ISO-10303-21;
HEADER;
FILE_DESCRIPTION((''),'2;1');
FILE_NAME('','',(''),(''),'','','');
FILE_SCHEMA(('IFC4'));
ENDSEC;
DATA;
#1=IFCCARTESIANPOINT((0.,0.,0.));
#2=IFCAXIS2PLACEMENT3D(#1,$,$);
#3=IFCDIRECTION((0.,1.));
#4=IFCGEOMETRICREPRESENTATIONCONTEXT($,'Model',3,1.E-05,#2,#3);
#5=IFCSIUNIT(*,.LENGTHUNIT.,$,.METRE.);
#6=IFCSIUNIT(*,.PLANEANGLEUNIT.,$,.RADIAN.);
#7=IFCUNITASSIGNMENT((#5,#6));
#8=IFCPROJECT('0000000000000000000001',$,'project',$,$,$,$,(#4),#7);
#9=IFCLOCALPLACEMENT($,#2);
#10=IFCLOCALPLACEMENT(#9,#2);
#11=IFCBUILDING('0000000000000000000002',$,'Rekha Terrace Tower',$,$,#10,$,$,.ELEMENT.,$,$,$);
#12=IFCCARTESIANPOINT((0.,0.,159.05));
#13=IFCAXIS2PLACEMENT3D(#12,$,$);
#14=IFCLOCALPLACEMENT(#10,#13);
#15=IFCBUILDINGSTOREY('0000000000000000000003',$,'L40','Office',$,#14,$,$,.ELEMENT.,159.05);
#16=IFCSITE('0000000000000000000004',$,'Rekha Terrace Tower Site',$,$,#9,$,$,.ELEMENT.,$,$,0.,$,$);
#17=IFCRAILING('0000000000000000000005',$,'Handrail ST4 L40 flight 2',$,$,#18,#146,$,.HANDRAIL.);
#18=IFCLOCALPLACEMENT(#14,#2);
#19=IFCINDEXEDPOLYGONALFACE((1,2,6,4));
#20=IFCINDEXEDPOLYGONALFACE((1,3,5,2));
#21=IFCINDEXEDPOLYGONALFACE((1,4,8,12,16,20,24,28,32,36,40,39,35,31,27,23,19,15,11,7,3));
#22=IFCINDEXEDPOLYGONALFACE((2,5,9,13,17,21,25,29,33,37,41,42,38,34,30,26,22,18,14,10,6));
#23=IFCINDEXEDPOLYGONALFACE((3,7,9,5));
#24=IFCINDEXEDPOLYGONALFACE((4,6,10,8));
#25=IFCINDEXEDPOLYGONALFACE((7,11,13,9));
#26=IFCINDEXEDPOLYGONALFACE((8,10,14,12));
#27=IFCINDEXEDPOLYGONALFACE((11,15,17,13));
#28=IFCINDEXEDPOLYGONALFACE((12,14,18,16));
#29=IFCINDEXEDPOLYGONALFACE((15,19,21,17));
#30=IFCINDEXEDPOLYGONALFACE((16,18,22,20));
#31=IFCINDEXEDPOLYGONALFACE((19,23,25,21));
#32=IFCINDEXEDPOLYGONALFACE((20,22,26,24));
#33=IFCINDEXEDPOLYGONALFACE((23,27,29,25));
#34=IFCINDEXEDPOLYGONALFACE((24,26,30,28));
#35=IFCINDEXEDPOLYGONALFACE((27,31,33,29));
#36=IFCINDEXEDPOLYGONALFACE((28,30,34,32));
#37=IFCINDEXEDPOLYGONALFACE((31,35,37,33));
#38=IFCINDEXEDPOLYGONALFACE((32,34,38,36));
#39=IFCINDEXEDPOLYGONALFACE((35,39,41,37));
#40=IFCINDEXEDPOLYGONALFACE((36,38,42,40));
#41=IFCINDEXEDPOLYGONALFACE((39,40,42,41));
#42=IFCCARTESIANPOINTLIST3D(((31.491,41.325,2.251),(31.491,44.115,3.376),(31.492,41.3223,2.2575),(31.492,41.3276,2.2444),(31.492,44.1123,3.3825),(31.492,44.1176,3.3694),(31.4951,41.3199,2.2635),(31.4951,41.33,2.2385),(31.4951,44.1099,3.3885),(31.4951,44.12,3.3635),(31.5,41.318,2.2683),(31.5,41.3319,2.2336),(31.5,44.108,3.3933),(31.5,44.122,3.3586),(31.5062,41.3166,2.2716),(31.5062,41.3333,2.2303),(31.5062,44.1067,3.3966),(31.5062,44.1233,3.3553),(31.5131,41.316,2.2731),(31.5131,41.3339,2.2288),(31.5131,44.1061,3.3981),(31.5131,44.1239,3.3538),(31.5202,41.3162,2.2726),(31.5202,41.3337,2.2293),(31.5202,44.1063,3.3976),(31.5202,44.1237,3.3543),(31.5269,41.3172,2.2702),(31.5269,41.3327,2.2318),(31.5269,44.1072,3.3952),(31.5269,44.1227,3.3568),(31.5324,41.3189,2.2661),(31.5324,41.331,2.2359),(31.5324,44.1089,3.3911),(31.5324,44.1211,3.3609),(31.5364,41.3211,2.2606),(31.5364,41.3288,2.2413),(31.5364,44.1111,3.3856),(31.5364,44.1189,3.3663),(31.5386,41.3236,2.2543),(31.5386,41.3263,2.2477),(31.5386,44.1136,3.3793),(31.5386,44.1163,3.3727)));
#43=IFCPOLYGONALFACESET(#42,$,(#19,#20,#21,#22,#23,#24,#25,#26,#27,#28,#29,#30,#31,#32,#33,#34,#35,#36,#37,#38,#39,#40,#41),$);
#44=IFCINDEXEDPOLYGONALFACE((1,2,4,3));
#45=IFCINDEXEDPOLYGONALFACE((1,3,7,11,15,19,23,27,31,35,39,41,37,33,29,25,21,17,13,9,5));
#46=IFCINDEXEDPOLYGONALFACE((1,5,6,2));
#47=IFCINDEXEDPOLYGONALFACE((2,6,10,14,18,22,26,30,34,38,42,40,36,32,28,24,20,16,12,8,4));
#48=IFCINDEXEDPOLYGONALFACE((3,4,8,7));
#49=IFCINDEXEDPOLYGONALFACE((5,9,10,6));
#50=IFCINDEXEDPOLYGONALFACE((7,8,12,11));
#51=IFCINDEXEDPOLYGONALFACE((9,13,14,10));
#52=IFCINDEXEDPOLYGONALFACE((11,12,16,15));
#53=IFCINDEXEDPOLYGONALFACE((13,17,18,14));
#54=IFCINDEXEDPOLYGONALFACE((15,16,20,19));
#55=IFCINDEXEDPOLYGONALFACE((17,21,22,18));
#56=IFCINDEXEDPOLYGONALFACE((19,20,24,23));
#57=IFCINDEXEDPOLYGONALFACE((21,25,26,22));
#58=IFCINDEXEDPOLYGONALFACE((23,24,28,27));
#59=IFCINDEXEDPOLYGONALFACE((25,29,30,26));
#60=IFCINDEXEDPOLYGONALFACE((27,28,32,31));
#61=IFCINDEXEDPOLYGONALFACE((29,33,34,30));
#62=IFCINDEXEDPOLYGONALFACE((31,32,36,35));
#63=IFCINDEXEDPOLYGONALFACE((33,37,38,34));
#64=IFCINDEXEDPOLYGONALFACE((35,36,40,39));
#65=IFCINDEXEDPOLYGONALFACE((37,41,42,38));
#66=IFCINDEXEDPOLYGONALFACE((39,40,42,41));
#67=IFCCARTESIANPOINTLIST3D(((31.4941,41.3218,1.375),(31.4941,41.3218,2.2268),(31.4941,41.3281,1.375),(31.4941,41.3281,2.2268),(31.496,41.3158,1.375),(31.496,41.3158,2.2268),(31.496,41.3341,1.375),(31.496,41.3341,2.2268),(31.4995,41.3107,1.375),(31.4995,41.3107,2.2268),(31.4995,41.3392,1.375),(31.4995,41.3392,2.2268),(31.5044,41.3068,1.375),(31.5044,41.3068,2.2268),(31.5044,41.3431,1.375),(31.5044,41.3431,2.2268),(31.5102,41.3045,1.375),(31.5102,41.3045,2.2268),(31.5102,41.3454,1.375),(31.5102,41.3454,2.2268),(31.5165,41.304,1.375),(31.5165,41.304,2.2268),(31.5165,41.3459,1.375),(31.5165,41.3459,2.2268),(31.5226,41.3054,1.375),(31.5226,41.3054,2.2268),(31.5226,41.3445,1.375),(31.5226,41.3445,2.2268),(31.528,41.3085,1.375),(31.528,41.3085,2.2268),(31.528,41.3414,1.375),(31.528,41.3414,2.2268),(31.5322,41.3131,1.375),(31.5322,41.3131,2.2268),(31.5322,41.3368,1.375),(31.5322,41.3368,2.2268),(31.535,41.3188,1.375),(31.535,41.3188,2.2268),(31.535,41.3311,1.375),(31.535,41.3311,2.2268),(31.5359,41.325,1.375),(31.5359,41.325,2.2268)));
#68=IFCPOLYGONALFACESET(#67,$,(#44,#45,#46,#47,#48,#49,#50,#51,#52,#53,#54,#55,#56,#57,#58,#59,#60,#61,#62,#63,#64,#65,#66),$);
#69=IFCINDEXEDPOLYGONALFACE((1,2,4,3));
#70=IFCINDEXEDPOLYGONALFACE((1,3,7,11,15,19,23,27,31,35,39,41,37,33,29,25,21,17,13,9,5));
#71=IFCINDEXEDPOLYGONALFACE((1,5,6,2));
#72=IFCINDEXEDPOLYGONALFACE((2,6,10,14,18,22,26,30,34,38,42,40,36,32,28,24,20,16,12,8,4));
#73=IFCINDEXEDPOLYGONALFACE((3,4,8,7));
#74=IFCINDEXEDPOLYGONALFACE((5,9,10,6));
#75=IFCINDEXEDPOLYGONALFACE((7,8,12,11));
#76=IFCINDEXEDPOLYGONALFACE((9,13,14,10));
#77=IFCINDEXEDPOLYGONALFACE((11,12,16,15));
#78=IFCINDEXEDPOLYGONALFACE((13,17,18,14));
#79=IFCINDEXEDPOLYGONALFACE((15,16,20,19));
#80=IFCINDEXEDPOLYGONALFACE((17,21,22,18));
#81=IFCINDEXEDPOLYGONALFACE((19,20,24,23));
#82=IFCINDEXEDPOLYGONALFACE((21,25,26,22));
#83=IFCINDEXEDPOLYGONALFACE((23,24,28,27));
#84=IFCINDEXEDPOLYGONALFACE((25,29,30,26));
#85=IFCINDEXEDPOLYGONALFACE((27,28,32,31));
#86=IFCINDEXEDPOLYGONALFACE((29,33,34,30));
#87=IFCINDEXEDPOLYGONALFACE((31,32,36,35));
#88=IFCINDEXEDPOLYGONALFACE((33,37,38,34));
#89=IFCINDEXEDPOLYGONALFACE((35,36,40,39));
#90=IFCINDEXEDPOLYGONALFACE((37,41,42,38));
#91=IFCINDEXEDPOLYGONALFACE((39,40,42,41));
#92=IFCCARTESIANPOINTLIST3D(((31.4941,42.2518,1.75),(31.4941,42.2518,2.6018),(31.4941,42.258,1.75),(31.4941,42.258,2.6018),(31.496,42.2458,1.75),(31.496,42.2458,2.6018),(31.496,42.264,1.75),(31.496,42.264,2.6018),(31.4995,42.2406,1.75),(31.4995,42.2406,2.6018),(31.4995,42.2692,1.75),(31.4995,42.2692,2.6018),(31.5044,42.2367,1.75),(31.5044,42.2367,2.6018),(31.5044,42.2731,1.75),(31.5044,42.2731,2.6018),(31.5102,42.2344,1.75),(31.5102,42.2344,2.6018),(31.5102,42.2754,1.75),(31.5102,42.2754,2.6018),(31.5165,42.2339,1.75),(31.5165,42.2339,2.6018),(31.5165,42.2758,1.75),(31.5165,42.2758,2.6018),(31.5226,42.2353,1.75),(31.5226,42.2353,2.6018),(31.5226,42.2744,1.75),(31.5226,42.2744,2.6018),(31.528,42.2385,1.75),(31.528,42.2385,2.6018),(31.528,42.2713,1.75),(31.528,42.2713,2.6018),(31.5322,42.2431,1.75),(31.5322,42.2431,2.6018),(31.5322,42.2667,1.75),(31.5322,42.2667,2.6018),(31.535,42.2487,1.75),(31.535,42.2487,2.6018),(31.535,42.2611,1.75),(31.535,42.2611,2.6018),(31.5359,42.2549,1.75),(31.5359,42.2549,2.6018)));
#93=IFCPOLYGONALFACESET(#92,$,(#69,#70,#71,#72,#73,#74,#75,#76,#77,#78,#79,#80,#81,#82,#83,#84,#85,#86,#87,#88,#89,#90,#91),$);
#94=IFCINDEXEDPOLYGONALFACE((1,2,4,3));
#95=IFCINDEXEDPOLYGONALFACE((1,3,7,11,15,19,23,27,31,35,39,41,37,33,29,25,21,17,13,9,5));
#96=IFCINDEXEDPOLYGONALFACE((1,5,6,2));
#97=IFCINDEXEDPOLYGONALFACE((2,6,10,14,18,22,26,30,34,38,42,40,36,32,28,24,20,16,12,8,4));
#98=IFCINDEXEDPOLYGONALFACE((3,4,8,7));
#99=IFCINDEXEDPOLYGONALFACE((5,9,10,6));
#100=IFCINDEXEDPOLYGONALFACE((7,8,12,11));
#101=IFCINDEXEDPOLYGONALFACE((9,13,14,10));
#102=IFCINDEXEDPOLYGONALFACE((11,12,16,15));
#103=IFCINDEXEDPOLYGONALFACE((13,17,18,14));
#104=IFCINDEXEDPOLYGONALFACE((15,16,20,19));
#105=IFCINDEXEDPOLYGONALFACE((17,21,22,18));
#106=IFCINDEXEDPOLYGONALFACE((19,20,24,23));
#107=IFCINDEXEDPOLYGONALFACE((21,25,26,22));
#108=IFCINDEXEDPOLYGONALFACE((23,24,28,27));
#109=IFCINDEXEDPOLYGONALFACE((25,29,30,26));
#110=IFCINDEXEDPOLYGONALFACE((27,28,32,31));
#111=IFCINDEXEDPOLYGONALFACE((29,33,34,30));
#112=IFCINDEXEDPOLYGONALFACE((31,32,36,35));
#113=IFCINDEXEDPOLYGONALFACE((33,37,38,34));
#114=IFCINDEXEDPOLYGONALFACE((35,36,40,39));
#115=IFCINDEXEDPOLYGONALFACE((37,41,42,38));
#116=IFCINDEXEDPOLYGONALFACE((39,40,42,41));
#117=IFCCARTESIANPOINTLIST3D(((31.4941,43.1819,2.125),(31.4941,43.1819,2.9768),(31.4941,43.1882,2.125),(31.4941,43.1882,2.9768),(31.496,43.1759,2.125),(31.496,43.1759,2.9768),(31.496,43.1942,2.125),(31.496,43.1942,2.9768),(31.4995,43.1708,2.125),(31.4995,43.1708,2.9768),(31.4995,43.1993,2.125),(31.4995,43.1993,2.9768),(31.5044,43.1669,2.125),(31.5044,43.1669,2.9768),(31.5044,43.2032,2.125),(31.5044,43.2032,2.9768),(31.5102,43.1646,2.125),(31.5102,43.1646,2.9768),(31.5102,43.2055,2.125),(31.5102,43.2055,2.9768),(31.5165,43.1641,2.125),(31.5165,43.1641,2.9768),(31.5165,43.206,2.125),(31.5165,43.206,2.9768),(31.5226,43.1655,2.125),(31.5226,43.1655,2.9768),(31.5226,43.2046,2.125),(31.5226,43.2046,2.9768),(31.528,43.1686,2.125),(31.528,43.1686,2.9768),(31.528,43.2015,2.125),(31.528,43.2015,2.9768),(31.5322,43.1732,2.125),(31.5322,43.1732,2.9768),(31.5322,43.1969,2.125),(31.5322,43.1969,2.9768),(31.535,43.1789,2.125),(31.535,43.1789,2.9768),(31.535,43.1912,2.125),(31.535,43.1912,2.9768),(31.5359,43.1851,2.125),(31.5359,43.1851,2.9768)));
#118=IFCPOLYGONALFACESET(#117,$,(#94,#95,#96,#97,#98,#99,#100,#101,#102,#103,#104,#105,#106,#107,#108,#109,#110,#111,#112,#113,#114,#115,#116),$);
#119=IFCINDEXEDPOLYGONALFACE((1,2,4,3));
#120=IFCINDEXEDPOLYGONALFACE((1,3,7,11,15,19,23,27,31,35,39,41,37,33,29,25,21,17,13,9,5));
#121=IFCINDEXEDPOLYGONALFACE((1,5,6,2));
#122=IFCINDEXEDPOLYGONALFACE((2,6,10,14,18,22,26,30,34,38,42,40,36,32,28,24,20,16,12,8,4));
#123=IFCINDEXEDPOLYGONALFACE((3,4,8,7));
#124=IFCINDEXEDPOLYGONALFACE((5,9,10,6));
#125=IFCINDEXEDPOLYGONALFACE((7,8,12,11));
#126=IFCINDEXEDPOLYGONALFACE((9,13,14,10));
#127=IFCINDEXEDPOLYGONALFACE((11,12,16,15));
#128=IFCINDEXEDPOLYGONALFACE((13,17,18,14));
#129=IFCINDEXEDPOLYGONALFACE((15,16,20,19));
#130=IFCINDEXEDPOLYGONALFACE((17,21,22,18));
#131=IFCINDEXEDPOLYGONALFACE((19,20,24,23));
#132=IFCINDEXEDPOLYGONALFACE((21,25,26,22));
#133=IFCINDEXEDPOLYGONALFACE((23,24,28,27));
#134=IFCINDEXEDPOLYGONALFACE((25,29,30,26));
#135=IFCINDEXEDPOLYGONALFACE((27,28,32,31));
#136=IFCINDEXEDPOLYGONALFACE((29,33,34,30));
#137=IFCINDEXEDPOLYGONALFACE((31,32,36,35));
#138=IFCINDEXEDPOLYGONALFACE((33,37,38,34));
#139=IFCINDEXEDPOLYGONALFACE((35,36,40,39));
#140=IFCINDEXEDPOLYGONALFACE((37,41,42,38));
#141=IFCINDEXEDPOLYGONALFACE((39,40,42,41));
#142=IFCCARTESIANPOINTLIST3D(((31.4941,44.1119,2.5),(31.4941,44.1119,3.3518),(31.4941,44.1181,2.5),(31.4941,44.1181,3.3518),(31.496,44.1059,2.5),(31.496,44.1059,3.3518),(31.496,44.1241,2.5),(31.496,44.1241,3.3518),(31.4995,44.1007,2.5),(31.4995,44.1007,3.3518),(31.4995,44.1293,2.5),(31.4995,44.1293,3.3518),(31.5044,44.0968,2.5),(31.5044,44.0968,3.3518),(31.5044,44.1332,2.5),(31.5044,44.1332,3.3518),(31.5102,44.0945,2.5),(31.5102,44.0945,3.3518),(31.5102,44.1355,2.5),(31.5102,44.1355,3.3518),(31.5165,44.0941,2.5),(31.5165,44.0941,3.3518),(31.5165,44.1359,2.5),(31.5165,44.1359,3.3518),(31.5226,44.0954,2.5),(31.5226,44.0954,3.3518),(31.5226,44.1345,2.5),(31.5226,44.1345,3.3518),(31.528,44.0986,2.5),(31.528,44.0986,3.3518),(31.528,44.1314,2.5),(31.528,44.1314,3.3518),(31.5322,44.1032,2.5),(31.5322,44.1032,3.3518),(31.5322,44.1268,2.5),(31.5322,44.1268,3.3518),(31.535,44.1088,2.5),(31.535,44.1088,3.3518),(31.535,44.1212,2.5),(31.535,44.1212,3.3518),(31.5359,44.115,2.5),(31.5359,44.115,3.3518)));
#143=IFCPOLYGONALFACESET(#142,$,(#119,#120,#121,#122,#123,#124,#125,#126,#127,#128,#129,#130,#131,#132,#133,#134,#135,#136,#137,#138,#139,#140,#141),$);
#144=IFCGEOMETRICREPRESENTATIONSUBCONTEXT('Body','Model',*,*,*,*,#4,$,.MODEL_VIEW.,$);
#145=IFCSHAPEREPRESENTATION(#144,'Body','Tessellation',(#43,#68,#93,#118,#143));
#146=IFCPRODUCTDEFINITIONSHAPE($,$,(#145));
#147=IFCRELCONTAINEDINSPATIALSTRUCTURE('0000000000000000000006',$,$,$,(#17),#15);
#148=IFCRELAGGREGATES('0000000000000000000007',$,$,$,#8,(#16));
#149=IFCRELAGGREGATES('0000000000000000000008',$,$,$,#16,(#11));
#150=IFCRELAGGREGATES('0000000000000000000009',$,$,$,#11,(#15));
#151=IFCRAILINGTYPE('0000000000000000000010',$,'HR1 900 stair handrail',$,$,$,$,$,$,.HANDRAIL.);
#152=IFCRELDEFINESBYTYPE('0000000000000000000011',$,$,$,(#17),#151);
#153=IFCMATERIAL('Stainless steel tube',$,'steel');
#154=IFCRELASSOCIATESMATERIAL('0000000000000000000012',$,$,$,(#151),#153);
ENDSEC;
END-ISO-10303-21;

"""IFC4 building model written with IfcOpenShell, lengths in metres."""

from ifc_helpers import new_model, si_unit, direction, frame, origin, origin_2d, place, context, subcontext, project, spatial, circle, extrude, material, type_object, element, save


model = new_model("IFC4")

# Units and contexts
model_context = context("Model", 3, precision=1e-05, world=origin(), true_north=direction((0.0, 1.0)))
body_context = subcontext(model_context, "Body", "Model", "MODEL_VIEW")
ifc_project = project(units=[si_unit("LENGTHUNIT", "METRE"), si_unit("PLANEANGLEUNIT", "RADIAN")], contexts=[model_context])

# Site, building, storey
site_placement = place(None, origin())
site = spatial("IfcSite", under=ifc_project, at=site_placement, Name="Rekha Terrace Tower Site", CompositionType="ELEMENT", RefElevation=0.0)
building_placement = place(site_placement, origin())
building = spatial("IfcBuilding", under=site, at=building_placement, Name="Rekha Terrace Tower", CompositionType="ELEMENT")
storey_placement = place(building_placement, frame((0.0, 0.0, 159.05)))
storey = spatial("IfcBuildingStorey", under=building, at=storey_placement, Name="L40", Description="Office", CompositionType="ELEMENT", Elevation=159.05)

# Railing
ifc_material_1 = material(Name="Stainless steel tube", Category="steel")
railing_type_1 = type_object("IfcRailingType", Name="HR1 900 stair handrail", PredefinedType="HANDRAIL", material=ifc_material_1)
railing_1_placement = place(storey_placement, frame((31.5149, 41.325, 1.375)))
element("IfcRailing", 1, at=railing_1_placement, inside=storey, type_object=railing_type_1, Name="Handrail ST4 L40 flight 2", PredefinedType="HANDRAIL", context=body_context, shape_type="SweptSolid", body=[
    extrude(circle(Radius=0.0239, at=origin_2d()), frame((0.0, 0.0, 0.876), z_axis=(0.0, 0.927443, 0.373964), x_axis=(-1.0, 0.0, 0.0)), (0.0, 0.0, 1.0), 3.0083),
    extrude(circle(Radius=0.021, at=origin_2d()), origin(), (0.0, 0.0, 1.0), 0.8518),
    extrude(circle(Radius=0.021, at=origin_2d()), frame((0.0, 0.9299, 0.375)), (0.0, 0.0, 1.0), 0.8518),
    extrude(circle(Radius=0.021, at=origin_2d()), frame((0.0, 1.8601, 0.75)), (0.0, 0.0, 1.0), 0.8518),
    extrude(circle(Radius=0.021, at=origin_2d()), frame((0.0, 2.79, 1.125)), (0.0, 0.0, 1.0), 0.8518),
])

save(model, "model.ifc")
